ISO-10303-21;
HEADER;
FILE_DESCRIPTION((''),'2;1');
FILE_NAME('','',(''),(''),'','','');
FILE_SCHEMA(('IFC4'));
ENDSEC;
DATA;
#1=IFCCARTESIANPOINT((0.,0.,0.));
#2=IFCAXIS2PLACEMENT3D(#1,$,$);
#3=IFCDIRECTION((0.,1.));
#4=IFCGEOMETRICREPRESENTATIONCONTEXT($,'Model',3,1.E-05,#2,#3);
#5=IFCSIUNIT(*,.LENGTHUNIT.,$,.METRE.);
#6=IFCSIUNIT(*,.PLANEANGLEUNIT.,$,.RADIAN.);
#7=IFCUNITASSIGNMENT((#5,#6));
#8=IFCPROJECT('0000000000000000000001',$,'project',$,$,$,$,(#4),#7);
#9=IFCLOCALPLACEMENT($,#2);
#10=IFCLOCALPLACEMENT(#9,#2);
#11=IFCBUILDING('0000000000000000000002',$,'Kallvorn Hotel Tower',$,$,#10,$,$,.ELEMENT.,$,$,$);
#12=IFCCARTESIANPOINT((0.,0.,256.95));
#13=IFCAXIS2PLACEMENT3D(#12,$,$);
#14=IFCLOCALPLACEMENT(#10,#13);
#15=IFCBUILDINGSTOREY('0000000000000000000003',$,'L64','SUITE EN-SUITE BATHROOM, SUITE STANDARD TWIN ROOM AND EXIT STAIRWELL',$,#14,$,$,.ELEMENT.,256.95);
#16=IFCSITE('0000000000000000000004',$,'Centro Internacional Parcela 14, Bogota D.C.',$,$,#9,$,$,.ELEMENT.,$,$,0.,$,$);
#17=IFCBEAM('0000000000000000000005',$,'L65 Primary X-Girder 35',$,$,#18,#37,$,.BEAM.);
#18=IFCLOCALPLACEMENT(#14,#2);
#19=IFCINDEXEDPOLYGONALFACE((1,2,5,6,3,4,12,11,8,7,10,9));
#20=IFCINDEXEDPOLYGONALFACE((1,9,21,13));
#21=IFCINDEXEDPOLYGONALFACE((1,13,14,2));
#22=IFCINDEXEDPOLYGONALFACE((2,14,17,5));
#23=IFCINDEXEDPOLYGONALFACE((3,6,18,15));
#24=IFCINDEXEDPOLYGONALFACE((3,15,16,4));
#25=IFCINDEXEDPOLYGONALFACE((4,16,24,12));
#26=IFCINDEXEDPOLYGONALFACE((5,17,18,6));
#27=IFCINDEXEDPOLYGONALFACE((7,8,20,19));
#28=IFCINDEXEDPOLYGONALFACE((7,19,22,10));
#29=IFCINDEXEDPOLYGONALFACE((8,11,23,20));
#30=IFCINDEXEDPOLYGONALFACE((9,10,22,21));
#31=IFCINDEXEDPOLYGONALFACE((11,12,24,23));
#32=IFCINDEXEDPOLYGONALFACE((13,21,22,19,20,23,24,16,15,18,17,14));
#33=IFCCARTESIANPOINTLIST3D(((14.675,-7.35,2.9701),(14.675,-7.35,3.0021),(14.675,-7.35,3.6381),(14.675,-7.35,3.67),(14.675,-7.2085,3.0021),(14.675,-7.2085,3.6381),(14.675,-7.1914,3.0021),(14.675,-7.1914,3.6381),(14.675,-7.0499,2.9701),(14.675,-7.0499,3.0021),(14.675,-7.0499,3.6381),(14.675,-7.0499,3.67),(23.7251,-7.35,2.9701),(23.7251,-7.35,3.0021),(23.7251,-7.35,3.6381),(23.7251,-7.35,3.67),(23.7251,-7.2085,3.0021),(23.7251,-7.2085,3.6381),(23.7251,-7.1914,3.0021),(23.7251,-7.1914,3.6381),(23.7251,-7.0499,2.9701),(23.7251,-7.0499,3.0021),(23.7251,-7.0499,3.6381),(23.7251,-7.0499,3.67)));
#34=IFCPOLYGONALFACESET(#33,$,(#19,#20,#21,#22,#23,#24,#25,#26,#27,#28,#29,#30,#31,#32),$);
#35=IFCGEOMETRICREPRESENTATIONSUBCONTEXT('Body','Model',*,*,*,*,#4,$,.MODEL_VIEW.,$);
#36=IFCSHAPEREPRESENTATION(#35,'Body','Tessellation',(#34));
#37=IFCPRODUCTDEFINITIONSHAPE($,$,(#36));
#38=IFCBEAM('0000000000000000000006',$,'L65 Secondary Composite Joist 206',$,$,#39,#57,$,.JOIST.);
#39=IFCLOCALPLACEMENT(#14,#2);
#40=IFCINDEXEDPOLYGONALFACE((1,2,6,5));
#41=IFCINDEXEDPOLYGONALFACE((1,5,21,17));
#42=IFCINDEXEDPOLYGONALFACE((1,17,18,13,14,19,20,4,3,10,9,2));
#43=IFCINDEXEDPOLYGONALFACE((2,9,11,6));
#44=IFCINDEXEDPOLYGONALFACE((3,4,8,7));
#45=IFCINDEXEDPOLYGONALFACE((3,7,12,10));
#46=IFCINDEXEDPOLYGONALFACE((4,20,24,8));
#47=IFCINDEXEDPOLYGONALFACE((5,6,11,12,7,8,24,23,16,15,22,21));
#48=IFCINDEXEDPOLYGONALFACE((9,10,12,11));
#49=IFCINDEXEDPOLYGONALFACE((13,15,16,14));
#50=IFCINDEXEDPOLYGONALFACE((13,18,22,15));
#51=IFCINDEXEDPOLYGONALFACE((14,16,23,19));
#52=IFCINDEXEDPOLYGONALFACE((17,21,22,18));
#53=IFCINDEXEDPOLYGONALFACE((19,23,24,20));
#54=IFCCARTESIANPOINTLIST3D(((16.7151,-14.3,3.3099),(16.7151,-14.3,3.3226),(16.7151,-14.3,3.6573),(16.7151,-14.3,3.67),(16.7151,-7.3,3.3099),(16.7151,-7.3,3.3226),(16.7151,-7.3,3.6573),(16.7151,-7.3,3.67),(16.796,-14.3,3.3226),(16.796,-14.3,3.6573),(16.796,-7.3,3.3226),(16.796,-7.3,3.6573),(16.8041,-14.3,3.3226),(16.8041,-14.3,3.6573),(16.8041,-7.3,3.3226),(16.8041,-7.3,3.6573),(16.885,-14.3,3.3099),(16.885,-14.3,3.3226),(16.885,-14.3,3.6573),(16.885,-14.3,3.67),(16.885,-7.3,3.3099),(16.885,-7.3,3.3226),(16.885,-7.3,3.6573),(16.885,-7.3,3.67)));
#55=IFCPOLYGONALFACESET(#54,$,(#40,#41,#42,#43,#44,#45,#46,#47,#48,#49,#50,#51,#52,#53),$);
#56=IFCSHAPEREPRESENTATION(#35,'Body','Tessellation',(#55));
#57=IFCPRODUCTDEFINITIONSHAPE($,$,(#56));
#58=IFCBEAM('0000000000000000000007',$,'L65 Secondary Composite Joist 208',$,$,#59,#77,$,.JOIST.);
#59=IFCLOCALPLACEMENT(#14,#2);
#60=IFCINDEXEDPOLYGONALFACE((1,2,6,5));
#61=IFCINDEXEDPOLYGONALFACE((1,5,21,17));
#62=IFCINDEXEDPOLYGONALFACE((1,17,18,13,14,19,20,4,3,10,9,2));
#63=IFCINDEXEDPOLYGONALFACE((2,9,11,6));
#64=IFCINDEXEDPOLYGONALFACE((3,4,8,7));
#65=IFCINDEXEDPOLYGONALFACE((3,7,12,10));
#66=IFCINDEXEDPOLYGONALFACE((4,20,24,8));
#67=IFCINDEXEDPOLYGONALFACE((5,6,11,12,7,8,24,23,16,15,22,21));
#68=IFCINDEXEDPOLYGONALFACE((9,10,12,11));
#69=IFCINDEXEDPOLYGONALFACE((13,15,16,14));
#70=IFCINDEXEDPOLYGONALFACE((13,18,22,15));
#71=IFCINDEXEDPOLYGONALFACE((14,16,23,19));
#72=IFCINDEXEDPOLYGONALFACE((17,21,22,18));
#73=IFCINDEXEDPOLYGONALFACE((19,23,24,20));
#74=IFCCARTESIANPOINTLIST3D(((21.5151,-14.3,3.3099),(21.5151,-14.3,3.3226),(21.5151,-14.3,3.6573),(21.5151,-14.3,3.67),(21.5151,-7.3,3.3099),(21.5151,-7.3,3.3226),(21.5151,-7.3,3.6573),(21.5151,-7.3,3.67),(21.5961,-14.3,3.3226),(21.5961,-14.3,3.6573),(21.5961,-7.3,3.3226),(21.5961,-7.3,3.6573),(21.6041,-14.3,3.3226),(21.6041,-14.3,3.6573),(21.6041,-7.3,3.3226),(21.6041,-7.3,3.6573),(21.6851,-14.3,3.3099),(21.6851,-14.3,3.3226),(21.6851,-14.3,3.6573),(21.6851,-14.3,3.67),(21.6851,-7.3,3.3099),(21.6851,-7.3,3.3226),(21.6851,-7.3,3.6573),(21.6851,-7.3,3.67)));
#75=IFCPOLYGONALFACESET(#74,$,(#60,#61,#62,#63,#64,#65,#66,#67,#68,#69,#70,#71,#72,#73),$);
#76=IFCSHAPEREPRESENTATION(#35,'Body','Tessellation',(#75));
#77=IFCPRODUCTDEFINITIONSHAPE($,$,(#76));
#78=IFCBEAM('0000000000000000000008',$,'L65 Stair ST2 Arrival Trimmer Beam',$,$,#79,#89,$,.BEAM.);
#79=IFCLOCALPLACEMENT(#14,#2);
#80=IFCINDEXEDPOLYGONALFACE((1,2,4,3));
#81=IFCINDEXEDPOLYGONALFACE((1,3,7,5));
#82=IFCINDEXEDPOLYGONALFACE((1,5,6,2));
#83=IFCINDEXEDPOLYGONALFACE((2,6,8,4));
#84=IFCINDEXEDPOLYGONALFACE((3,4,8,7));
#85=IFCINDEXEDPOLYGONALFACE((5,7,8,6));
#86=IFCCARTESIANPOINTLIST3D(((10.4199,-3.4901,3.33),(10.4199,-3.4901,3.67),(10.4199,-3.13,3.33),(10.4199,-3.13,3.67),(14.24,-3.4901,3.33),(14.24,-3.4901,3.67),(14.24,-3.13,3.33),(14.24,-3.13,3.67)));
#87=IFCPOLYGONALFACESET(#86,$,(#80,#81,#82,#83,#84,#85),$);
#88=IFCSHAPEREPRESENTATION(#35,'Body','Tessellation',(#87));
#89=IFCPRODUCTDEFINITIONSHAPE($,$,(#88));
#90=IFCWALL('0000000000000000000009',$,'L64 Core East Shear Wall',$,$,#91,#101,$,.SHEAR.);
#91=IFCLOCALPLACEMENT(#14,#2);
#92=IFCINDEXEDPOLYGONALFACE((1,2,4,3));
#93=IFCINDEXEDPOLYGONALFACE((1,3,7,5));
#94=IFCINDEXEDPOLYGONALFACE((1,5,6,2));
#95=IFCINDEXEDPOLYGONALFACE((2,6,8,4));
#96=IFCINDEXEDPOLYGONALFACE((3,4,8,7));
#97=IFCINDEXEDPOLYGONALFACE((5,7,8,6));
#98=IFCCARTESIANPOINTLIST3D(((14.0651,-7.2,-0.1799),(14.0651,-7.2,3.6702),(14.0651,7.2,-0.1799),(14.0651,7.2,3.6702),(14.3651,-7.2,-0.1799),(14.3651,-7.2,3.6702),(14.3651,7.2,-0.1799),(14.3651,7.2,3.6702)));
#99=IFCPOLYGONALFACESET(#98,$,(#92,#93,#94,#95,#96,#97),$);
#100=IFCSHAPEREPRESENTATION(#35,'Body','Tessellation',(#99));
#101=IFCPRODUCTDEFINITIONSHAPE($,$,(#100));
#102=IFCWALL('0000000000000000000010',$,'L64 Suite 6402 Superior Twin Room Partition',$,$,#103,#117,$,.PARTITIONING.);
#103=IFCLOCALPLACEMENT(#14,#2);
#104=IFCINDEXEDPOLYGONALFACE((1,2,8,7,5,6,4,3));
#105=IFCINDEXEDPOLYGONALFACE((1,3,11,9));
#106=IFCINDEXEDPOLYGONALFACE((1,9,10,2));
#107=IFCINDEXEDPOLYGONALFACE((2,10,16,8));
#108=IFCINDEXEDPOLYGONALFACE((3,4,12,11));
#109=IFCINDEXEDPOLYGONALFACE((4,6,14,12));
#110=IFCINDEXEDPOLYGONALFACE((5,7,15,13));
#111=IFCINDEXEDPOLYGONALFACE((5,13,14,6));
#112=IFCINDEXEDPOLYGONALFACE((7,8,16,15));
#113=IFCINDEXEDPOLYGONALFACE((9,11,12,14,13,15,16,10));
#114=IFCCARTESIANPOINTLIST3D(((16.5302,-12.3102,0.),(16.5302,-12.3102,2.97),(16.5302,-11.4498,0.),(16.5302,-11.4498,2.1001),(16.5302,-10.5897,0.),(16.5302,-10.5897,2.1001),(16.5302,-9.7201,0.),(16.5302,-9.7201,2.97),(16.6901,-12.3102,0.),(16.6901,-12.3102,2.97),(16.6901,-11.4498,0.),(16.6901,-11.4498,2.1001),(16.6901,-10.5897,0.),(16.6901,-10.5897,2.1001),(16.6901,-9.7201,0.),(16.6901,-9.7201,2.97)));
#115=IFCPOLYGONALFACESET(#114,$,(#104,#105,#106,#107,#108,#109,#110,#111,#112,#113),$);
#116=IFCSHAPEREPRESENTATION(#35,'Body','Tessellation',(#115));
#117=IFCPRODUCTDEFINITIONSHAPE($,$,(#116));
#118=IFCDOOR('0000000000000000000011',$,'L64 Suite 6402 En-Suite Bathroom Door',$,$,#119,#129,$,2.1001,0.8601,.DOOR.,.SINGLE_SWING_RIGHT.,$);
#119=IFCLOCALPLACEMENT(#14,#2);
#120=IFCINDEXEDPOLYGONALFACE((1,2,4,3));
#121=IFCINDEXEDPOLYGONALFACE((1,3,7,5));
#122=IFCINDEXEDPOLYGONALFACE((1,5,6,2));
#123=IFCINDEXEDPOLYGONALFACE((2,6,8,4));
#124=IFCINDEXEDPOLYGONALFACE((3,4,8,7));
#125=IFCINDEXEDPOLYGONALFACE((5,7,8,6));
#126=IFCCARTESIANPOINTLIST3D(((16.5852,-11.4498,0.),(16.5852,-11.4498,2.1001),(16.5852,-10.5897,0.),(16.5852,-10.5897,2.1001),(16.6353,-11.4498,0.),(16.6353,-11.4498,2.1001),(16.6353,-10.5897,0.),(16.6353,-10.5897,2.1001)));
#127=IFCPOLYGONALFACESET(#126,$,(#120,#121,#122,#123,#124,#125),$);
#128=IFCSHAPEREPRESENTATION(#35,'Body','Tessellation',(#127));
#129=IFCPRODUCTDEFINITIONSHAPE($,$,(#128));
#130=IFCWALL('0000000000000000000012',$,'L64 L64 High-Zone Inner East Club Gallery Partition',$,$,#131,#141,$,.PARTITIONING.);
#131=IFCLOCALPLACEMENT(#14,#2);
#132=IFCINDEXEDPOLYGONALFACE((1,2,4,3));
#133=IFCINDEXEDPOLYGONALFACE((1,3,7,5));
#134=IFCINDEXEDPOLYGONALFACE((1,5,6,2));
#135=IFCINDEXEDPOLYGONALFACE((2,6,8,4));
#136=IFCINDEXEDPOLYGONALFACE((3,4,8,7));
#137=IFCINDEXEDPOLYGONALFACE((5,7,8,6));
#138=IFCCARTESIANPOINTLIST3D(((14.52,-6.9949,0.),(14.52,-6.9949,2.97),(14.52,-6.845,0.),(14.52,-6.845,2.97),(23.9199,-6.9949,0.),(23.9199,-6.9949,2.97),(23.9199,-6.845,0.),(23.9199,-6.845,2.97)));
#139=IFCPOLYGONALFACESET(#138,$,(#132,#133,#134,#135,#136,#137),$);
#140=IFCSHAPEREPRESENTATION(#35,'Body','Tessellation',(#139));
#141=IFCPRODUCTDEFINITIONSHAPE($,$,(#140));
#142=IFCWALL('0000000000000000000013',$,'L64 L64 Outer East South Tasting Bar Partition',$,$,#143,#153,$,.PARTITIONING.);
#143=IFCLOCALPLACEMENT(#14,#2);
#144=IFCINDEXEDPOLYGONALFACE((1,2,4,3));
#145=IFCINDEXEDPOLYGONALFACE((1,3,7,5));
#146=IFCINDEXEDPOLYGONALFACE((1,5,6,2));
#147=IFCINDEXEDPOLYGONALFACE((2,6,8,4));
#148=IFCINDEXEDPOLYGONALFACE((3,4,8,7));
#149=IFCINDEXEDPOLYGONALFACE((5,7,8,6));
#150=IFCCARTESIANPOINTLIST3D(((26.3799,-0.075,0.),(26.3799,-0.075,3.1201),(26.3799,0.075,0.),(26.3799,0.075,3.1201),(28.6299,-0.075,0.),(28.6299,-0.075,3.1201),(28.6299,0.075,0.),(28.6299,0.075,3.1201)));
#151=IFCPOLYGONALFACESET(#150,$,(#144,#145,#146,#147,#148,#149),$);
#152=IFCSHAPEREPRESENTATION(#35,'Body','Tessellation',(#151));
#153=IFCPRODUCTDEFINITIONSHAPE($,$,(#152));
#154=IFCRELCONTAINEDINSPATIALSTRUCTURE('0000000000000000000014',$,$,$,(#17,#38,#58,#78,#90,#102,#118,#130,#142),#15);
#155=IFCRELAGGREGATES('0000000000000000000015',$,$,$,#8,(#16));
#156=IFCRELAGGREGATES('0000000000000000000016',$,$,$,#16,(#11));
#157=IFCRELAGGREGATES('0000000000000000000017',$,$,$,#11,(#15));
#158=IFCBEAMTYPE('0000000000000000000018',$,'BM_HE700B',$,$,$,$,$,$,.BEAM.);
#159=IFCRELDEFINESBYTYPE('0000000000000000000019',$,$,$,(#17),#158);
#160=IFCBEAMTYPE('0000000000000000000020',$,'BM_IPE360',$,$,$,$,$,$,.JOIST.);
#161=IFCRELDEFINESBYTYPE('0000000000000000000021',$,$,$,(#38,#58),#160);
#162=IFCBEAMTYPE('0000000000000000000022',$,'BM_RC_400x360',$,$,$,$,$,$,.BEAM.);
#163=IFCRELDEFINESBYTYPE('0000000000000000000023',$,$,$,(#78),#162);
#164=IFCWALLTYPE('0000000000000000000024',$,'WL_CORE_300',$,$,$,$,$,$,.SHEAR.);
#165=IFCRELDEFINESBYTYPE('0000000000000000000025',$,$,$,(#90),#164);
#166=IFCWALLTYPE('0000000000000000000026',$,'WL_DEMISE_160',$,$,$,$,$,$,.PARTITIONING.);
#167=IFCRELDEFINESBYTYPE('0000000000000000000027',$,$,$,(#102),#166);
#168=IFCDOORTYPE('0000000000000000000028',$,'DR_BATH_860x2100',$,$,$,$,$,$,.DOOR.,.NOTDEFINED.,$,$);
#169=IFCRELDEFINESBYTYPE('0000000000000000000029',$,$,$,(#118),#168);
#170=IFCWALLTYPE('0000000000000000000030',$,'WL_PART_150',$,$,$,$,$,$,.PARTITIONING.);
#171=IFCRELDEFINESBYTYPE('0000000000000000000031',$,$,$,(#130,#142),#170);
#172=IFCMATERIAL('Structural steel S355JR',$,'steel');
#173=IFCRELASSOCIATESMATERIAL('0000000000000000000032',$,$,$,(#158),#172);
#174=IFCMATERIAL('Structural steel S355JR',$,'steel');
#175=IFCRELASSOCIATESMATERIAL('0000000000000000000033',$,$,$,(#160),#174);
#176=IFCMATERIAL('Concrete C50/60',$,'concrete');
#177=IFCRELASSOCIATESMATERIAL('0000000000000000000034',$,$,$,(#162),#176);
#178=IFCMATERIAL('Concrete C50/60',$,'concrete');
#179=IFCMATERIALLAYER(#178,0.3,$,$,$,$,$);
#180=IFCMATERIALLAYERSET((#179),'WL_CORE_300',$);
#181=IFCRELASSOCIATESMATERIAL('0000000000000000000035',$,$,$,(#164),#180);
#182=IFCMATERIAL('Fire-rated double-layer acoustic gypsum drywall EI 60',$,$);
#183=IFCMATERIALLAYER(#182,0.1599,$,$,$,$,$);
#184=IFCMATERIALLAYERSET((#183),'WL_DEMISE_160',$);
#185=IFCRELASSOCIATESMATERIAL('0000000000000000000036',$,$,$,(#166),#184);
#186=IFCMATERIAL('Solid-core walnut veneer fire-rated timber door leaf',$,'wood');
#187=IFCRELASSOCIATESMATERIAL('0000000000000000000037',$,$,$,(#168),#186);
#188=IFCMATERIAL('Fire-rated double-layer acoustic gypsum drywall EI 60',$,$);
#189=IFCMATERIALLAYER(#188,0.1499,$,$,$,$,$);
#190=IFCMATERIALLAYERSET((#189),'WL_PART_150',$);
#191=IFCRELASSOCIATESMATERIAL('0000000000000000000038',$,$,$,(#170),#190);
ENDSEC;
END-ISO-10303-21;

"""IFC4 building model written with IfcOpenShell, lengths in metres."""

from ifc_helpers import new_model, si_unit, direction, frame, frame_2d, origin, origin_2d, place, context, subcontext, project, spatial, rectangle, i_section, extrude, material, layer, layer_set, material_profile, profile_set, type_object, element, fill, save


model = new_model("IFC4")

# Units and contexts
model_context = context("Model", 3, precision=1e-05, world=origin(), true_north=direction((0.0, 1.0)))
body_context = subcontext(model_context, "Body", "Model", "MODEL_VIEW")
ifc_project = project(units=[si_unit("LENGTHUNIT", "METRE"), si_unit("PLANEANGLEUNIT", "RADIAN")], contexts=[model_context])

# Site, building, storey
site_placement = place(None, origin())
site = spatial("IfcSite", under=ifc_project, at=site_placement, Name="Centro Internacional Parcela 14, Bogota D.C.", CompositionType="ELEMENT", RefElevation=0.0)
building_placement = place(site_placement, origin())
building = spatial("IfcBuilding", under=site, at=building_placement, Name="Kallvorn Hotel Tower", CompositionType="ELEMENT")
storey_placement = place(building_placement, frame((0.0, 0.0, 256.95)))
storey = spatial("IfcBuildingStorey", under=building, at=storey_placement, Name="L64", Description="SUITE EN-SUITE BATHROOM, SUITE STANDARD TWIN ROOM AND EXIT STAIRWELL", CompositionType="ELEMENT", Elevation=256.95)

# Beams
ifc_material_1 = material(Name="Structural steel S355JR", Category="steel")
ifc_material_profile_1 = material_profile(ifc_material_1, i_section(OverallWidth=0.3, OverallDepth=0.7, WebThickness=0.0171, FlangeThickness=0.032, at=origin_2d()), Name="HE 700 B")
ifc_profile_set_1 = profile_set([ifc_material_profile_1], Name="Structural steel S355JR")
beam_type_1 = type_object("IfcBeamType", Name="BM_HE700B", PredefinedType="BEAM", material=ifc_profile_set_1)
beam_1_placement = place(storey_placement, frame((14.675, -7.2, 3.3201), z_axis=(1.0, 0.0, 0.0), x_axis=(0.0, 1.0, 0.0)))
element("IfcBeam", 1, at=beam_1_placement, inside=storey, type_object=beam_type_1, Name="L65 Primary X-Girder 35", PredefinedType="BEAM", context=body_context, shape_type="SweptSolid", body=[
    extrude(i_section(OverallWidth=0.3, OverallDepth=0.7, WebThickness=0.0171, FlangeThickness=0.032, at=origin_2d()), origin(), (0.0, 0.0, 1.0), 9.05),
])
ifc_material_2 = material(Name="Structural steel S355JR", Category="steel")
ifc_material_profile_2 = material_profile(ifc_material_2, i_section(OverallWidth=0.1699, OverallDepth=0.3601, WebThickness=0.0081, FlangeThickness=0.0127, at=origin_2d()), Name="IPE 360")
ifc_profile_set_2 = profile_set([ifc_material_profile_2], Name="Structural steel S355JR")
beam_type_2 = type_object("IfcBeamType", Name="BM_IPE360", PredefinedType="JOIST", material=ifc_profile_set_2)
for number, where, z_axis, x_axis, name in (
    (2, (16.8, -14.3, 3.49), (0.0, 1.0, 0.0), (-1.0, 0.0, 0.0), "L65 Secondary Composite Joist 206"),
    (3, (21.6001, -14.3, 3.49), (0.0, 1.0, 0.0), (-1.0, 0.0, 0.0), "L65 Secondary Composite Joist 208"),
):
    element("IfcBeam", number, at=place(storey_placement, frame(where, z_axis=z_axis, x_axis=x_axis)), inside=storey, type_object=beam_type_2, Name=name, PredefinedType="JOIST", context=body_context, shape_type="SweptSolid", body=[
        extrude(i_section(OverallWidth=0.1699, OverallDepth=0.3601, WebThickness=0.0081, FlangeThickness=0.0127, at=origin_2d()), origin(), (0.0, 0.0, 1.0), 7.0),
    ])
ifc_material_3 = material(Name="Concrete C50/60", Category="concrete")
ifc_material_profile_3 = material_profile(ifc_material_3, rectangle(XDim=0.3601, YDim=0.3401, at=origin_2d()), Name="RC 360x340")
ifc_profile_set_3 = profile_set([ifc_material_profile_3], Name="Concrete C50/60")
beam_type_3 = type_object("IfcBeamType", Name="BM_RC_400x360", PredefinedType="BEAM", material=ifc_profile_set_3)
beam_2_placement = place(storey_placement, frame((14.24, -3.3101, 3.5), z_axis=(-1.0, 0.0, 0.0), x_axis=(0.0, -1.0, 0.0)))
element("IfcBeam", 4, at=beam_2_placement, inside=storey, type_object=beam_type_3, Name="L65 Stair ST2 Arrival Trimmer Beam", PredefinedType="BEAM", context=body_context, shape_type="SweptSolid", body=[
    extrude(rectangle(XDim=0.3601, YDim=0.3401, at=origin_2d()), origin(), (0.0, 0.0, 1.0), 3.8201),
])

# Wall
ifc_material_4 = material(Name="Concrete C50/60", Category="concrete")
ifc_layer_1 = layer(ifc_material_4, 0.3)
ifc_layer_set_1 = layer_set([ifc_layer_1], Name="WL_CORE_300")
wall_type_1 = type_object("IfcWallType", Name="WL_CORE_300", PredefinedType="SHEAR", material=ifc_layer_set_1)
wall_1_placement = place(storey_placement, frame((14.2151, -7.2, -0.1799), z_axis=(0.0, 0.0, 1.0), x_axis=(0.0, 1.0, 0.0)))
element("IfcWall", 5, at=wall_1_placement, inside=storey, type_object=wall_type_1, Name="L64 Core East Shear Wall", PredefinedType="SHEAR", context=body_context, shape_type="SweptSolid", body=[
    extrude(rectangle(XDim=14.3999, YDim=0.3, at=frame_2d((7.2, 0.0))), origin(), (0.0, 0.0, 1.0), 3.8501),
])

# Wall, opening, door
ifc_material_5 = material(Name="Fire-rated double-layer acoustic gypsum drywall EI 60")
ifc_layer_2 = layer(ifc_material_5, 0.1599)
ifc_layer_set_2 = layer_set([ifc_layer_2], Name="WL_DEMISE_160")
wall_type_2 = type_object("IfcWallType", Name="WL_DEMISE_160", PredefinedType="PARTITIONING", material=ifc_layer_set_2)
wall_2_placement = place(storey_placement, frame((16.6101, -12.3101, 0.0), z_axis=(0.0, 0.0, 1.0), x_axis=(0.0, 1.0, 0.0)))
wall_2 = element("IfcWall", 6, at=wall_2_placement, inside=storey, type_object=wall_type_2, Name="L64 Suite 6402 Superior Twin Room Partition", PredefinedType="PARTITIONING", context=body_context, shape_type="SweptSolid", body=[
    extrude(rectangle(XDim=2.5901, YDim=0.1599, at=frame_2d((1.2949, 0.0))), origin(), (0.0, 0.0, 1.0), 2.97),
])
opening_1_placement = place(wall_2_placement, frame((0.8601, 0.0, 0.0)))
opening_1 = element("IfcOpeningElement", 7, at=opening_1_placement, cuts=wall_2, PredefinedType="OPENING", context=body_context, shape_type="SweptSolid", body=[
    extrude(rectangle(XDim=0.8601, YDim=2.1001, at=frame_2d((0.4302, 1.05))), frame((0.0, 0.095, 0.0), z_axis=(0.0, -1.0, 0.0), x_axis=(1.0, 0.0, 0.0)), (0.0, 0.0, 1.0), 0.1899),
])
ifc_material_6 = material(Name="Solid-core walnut veneer fire-rated timber door leaf", Category="wood")
door_type_1 = type_object("IfcDoorType", Name="DR_BATH_860x2100", OperationType="NOTDEFINED", PredefinedType="DOOR", material=ifc_material_6)
door_1_placement = place(opening_1_placement, origin())
door_1 = element("IfcDoor", 8, at=door_1_placement, inside=storey, type_object=door_type_1, Name="L64 Suite 6402 En-Suite Bathroom Door", OperationType="SINGLE_SWING_RIGHT", OverallHeight=2.1001, OverallWidth=0.8601, PredefinedType="DOOR", context=body_context, shape_type="SweptSolid", body=[
    extrude(rectangle(XDim=0.8601, YDim=2.1001, at=frame_2d((0.4302, 1.05))), frame((0.0, 0.0249, 0.0), z_axis=(0.0, -1.0, 0.0), x_axis=(1.0, 0.0, 0.0)), (0.0, 0.0, 1.0), 0.05),
])
fill(opening_1, door_1)

# Walls
ifc_material_7 = material(Name="Fire-rated double-layer acoustic gypsum drywall EI 60")
ifc_layer_3 = layer(ifc_material_7, 0.1499)
ifc_layer_set_3 = layer_set([ifc_layer_3], Name="WL_PART_150")
wall_type_3 = type_object("IfcWallType", Name="WL_PART_150", PredefinedType="PARTITIONING", material=ifc_layer_set_3)
wall_3_placement = place(storey_placement, frame((14.52, -6.9199, 0.0), z_axis=(0.0, 0.0, 1.0), x_axis=(1.0, 0.0, 0.0)))
element("IfcWall", 9, at=wall_3_placement, inside=storey, type_object=wall_type_3, Name="L64 L64 High-Zone Inner East Club Gallery Partition", PredefinedType="PARTITIONING", context=body_context, shape_type="SweptSolid", body=[
    extrude(rectangle(XDim=9.3999, YDim=0.1499, at=frame_2d((4.7, 0.0))), origin(), (0.0, 0.0, 1.0), 2.97),
])
wall_4_placement = place(storey_placement, frame((26.3799, 0.0, 0.0), z_axis=(0.0, 0.0, 1.0), x_axis=(1.0, 0.0, 0.0)))
element("IfcWall", 10, at=wall_4_placement, inside=storey, type_object=wall_type_3, Name="L64 L64 Outer East South Tasting Bar Partition", PredefinedType="PARTITIONING", context=body_context, shape_type="SweptSolid", body=[
    extrude(rectangle(XDim=2.25, YDim=0.1499, at=frame_2d((1.125, 0.0))), origin(), (0.0, 0.0, 1.0), 3.1201),
])

save(model, "model.ifc")
